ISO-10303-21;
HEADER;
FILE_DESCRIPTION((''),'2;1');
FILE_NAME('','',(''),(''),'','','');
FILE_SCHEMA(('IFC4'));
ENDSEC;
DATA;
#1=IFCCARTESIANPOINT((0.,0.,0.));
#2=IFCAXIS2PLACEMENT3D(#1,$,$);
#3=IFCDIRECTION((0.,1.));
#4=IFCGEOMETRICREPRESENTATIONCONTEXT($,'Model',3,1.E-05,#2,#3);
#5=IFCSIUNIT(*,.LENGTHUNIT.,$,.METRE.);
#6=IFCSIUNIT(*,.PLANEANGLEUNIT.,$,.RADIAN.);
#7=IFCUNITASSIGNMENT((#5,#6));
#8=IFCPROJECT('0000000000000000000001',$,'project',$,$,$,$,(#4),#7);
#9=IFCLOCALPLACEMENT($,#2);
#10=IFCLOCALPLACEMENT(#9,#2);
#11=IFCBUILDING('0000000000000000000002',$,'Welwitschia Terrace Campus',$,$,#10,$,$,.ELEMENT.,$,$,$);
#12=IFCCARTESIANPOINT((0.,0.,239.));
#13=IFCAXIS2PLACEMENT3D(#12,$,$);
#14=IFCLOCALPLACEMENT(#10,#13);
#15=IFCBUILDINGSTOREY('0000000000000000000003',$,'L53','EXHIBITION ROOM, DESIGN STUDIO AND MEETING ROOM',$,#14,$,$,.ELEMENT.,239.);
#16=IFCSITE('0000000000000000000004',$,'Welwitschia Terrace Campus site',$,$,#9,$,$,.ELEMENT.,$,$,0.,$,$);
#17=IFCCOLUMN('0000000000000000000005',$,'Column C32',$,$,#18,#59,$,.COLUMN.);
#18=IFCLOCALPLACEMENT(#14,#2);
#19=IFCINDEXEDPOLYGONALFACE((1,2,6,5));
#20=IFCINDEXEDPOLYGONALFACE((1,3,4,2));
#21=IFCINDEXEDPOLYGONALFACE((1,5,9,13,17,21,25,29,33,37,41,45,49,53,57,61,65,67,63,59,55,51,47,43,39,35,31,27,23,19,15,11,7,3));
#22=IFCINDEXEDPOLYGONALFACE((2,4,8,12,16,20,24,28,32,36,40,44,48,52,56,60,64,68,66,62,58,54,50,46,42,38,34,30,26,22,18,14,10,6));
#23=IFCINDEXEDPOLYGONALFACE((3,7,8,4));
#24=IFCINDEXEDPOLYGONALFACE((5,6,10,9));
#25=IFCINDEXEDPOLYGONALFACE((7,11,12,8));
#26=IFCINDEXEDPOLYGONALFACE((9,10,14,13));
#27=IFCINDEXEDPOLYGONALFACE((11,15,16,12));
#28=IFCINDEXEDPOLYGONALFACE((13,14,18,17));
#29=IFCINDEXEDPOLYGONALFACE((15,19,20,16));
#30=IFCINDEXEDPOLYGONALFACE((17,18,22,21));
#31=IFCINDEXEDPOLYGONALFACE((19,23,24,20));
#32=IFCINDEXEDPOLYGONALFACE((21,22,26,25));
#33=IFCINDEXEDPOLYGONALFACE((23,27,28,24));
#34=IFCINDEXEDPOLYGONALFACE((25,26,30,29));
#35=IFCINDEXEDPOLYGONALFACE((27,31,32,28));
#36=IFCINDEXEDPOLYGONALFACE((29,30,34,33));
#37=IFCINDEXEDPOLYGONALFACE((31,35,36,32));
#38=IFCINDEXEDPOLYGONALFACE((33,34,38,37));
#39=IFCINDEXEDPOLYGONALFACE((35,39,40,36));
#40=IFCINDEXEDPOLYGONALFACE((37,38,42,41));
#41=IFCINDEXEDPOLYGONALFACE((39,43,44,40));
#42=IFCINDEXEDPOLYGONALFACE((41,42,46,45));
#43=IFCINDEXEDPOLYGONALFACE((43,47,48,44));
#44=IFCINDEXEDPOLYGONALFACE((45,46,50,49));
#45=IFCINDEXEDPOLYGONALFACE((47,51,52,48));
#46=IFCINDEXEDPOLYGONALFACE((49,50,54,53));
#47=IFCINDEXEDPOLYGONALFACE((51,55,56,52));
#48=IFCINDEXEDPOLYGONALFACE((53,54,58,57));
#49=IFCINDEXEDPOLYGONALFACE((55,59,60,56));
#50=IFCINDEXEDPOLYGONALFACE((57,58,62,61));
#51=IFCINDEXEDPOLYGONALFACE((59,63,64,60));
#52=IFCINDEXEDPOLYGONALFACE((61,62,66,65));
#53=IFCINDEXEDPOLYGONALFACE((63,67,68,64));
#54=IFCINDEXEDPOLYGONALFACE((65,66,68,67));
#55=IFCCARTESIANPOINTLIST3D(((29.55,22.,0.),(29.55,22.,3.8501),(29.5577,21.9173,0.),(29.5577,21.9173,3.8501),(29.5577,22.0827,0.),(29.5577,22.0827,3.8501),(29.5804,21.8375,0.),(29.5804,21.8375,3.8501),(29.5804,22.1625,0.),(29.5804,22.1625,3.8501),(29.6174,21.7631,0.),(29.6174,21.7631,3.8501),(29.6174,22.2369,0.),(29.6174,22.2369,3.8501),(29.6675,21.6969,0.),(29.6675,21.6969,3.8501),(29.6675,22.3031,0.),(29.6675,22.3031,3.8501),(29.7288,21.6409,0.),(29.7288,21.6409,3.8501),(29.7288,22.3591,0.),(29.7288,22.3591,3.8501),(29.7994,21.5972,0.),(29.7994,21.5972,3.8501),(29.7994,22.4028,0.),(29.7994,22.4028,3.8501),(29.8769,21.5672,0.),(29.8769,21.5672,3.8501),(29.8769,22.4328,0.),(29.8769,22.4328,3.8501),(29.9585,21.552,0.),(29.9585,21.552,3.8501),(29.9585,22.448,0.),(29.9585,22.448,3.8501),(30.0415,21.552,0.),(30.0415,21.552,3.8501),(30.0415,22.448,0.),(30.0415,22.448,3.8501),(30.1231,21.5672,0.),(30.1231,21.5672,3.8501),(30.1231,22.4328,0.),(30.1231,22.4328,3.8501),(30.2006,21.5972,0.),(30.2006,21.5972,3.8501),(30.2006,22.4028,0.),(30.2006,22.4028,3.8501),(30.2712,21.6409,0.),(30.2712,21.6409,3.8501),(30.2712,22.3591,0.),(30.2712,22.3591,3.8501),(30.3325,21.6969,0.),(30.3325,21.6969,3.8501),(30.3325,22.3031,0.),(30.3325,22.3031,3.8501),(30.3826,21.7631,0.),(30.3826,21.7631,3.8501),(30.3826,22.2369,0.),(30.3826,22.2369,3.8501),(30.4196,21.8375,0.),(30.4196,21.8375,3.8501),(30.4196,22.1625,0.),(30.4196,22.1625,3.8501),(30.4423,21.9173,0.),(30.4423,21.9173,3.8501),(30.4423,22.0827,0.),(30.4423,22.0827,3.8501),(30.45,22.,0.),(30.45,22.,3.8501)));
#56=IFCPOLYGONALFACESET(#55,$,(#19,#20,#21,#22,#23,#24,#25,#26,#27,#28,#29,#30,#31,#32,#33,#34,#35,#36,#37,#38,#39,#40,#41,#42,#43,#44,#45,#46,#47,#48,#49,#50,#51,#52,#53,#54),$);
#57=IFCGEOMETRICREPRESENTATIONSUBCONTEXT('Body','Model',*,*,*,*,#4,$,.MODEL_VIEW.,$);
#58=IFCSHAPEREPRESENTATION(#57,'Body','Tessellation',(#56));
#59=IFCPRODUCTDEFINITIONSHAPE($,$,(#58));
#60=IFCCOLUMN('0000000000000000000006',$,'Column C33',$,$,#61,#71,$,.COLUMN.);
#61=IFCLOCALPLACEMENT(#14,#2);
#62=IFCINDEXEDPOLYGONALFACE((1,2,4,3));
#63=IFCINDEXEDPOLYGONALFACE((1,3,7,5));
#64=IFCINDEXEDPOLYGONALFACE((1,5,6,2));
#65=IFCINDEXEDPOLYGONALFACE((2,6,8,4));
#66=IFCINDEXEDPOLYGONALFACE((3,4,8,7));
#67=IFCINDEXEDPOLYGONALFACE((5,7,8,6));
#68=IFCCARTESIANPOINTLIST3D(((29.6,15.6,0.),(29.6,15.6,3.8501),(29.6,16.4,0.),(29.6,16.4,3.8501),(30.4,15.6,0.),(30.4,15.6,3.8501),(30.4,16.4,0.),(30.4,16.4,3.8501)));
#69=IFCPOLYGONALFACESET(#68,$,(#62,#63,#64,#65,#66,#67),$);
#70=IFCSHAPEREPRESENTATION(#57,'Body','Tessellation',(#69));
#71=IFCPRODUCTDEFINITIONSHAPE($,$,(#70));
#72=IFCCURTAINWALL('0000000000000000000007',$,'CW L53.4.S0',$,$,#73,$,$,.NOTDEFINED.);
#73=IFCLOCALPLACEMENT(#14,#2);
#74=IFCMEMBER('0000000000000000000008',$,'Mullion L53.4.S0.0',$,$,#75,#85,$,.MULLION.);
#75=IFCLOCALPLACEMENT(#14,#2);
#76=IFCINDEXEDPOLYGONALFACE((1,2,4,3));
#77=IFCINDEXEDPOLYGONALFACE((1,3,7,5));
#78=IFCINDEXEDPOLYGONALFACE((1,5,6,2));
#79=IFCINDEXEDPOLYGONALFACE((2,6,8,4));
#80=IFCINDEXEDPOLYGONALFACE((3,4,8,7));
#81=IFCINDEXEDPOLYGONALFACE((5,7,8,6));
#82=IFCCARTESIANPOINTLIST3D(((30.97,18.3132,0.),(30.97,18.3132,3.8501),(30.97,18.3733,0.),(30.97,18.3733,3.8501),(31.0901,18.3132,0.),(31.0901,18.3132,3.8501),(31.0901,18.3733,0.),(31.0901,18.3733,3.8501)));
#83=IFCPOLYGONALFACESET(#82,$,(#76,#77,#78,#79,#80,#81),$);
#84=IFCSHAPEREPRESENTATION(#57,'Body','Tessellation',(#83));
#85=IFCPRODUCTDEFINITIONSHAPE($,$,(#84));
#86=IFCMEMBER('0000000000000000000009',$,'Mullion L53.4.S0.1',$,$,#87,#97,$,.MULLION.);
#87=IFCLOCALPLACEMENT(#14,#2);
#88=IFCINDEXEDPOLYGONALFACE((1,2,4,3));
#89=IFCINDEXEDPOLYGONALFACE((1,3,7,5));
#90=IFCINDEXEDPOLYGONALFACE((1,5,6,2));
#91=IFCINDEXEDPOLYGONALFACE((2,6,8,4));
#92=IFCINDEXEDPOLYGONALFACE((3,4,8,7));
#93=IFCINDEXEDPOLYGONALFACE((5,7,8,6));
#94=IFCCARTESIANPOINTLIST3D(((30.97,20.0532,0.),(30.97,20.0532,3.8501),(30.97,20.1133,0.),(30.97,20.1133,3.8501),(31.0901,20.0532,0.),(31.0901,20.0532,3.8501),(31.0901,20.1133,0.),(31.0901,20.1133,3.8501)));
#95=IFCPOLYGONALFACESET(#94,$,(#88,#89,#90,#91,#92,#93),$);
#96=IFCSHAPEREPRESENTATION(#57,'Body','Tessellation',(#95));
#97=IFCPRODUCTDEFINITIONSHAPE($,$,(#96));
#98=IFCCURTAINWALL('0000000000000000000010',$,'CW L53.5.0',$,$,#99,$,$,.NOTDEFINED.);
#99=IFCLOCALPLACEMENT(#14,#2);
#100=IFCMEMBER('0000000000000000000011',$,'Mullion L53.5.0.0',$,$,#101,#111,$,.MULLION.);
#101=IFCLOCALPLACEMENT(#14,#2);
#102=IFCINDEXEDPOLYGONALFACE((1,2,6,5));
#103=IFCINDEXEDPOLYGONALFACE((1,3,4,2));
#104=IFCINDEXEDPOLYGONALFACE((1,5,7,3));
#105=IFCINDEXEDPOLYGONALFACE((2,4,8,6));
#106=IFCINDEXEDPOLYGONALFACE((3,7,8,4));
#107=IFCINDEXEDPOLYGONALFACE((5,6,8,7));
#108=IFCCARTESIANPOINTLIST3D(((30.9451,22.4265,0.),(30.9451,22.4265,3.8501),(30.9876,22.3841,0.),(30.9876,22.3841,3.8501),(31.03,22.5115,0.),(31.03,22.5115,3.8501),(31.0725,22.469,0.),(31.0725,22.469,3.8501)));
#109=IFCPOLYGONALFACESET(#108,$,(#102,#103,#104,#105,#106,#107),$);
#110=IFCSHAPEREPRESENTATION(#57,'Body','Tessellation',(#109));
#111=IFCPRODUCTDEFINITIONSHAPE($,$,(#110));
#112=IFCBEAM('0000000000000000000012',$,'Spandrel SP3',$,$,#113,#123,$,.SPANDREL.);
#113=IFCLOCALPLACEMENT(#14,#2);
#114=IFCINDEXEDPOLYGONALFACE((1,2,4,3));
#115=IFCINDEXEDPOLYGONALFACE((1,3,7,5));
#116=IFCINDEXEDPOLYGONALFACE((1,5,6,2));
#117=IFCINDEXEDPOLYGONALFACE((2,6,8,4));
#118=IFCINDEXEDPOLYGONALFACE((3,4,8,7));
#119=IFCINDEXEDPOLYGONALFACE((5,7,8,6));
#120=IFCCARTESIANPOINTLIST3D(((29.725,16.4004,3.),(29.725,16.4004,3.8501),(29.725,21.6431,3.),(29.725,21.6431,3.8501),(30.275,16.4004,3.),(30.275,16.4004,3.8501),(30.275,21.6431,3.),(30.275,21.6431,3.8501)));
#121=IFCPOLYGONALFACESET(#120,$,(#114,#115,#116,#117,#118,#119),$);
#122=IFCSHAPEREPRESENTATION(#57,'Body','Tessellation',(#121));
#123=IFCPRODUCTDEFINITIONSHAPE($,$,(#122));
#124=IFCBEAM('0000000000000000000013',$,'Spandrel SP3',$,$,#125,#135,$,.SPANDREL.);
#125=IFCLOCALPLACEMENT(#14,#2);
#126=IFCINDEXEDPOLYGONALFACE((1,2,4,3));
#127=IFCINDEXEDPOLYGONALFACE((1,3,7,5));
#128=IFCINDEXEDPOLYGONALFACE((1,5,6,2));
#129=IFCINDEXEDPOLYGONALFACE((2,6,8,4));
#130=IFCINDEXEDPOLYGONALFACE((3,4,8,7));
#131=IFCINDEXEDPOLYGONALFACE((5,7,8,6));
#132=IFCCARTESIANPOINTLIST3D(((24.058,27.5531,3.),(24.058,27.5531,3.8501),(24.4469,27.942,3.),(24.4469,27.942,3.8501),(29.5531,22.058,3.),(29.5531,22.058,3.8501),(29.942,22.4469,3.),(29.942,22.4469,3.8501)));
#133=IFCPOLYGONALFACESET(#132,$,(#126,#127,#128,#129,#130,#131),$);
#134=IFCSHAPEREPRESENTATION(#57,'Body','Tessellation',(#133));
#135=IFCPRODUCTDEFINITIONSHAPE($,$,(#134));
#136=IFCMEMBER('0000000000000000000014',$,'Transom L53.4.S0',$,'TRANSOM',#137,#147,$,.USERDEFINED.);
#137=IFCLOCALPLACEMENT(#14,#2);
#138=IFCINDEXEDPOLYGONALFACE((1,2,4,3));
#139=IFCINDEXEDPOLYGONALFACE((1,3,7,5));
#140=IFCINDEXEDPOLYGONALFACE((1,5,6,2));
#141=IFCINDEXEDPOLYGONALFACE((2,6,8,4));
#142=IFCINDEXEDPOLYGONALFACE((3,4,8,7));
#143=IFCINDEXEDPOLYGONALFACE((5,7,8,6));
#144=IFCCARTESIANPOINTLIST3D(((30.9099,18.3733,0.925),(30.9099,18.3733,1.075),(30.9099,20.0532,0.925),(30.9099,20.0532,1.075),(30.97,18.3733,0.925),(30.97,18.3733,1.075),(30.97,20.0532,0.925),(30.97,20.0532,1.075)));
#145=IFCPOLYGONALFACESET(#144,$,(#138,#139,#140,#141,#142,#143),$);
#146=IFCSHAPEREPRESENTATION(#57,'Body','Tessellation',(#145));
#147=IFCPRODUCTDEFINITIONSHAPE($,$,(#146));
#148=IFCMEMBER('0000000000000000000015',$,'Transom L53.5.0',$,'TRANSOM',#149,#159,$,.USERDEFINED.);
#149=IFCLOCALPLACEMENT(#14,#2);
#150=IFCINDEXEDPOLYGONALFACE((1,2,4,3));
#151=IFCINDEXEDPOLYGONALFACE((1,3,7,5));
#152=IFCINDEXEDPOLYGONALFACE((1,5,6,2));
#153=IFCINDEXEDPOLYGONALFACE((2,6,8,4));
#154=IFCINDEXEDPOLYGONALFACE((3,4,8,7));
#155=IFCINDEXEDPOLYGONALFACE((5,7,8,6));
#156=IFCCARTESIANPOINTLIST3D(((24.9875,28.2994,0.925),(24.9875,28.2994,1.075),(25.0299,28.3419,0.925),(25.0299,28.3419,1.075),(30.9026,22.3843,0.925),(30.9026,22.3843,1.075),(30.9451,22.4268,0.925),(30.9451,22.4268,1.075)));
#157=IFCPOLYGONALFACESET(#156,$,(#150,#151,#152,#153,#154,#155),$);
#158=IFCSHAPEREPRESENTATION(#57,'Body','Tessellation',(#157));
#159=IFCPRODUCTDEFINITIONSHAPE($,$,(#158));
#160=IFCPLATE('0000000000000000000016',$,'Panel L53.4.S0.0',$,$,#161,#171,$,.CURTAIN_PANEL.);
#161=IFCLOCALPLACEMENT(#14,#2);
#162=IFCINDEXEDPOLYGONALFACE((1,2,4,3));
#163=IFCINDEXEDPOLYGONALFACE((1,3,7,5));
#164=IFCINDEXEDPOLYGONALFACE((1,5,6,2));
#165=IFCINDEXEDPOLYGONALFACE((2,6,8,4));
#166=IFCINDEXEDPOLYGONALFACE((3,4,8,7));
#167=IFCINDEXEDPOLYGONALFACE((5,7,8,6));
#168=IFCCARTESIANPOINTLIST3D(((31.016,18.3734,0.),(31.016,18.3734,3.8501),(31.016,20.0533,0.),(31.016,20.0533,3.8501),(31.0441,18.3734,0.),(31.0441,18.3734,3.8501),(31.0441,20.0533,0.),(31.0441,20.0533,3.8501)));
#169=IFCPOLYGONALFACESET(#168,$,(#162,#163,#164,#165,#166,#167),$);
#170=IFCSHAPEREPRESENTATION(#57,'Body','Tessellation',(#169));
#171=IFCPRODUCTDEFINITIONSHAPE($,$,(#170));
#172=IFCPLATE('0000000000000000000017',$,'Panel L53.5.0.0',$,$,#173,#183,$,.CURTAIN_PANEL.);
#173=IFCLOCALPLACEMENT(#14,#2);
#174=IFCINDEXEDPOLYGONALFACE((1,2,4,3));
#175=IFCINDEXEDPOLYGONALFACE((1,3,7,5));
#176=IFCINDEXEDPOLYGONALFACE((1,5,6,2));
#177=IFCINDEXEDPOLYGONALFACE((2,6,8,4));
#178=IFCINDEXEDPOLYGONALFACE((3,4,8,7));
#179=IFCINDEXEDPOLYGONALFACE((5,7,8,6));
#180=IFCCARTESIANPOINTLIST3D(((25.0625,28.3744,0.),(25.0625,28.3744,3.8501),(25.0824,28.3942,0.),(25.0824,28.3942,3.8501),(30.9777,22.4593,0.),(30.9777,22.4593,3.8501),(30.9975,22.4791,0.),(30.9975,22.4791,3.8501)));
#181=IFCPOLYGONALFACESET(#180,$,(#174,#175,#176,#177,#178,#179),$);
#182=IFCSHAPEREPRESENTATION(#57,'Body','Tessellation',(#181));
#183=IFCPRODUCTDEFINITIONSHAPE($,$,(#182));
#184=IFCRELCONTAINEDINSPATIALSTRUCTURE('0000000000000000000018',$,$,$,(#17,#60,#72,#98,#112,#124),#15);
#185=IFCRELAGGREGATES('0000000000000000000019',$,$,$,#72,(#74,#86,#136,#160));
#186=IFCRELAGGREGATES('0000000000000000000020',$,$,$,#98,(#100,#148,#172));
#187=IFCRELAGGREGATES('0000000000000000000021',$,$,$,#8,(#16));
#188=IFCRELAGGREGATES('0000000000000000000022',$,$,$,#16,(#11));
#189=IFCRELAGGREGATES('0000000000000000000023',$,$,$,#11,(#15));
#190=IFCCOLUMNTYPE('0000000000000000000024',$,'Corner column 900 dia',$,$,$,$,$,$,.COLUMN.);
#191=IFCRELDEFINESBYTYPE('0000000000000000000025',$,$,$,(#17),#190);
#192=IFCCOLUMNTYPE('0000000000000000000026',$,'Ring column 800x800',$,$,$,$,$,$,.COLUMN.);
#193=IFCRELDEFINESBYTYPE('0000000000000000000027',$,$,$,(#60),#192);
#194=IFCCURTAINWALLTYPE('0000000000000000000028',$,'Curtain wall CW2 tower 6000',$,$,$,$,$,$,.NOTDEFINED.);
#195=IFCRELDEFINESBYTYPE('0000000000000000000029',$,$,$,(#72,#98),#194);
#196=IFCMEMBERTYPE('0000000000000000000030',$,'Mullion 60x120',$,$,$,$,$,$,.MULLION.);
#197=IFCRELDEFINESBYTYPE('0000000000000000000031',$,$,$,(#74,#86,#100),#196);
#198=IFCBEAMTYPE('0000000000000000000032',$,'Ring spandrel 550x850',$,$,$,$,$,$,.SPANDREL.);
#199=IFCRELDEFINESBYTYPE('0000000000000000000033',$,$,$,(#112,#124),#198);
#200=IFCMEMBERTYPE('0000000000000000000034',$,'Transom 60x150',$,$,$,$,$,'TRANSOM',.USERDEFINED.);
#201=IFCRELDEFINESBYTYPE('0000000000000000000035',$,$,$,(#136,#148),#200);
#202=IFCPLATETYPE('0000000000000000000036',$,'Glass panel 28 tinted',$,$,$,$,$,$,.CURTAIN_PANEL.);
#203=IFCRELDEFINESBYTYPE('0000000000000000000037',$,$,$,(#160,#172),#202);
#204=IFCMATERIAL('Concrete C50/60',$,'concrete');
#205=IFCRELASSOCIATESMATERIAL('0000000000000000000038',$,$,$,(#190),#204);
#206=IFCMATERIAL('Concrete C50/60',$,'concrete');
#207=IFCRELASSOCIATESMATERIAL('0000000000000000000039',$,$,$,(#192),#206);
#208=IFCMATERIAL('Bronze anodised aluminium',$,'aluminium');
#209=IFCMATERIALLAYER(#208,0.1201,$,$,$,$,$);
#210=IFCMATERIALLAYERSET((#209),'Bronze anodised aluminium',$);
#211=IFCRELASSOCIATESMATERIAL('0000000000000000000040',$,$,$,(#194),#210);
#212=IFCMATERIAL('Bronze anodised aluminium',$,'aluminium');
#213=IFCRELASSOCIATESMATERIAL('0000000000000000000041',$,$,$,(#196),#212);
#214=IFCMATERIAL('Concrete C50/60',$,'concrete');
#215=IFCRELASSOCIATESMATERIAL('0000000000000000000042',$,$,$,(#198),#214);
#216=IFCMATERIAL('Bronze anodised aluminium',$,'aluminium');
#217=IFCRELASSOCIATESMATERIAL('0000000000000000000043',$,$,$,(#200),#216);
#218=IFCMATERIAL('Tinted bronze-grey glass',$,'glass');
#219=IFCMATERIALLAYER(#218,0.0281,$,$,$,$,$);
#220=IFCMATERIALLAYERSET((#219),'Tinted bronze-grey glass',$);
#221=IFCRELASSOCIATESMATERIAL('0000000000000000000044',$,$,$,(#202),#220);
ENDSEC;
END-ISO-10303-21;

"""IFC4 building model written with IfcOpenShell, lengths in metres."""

from ifc_helpers import new_model, si_unit, direction, frame, origin, origin_2d, place, context, subcontext, project, spatial, rectangle, circle, extrude, material, layer, layer_set, material_profile, profile_set, type_object, element, aggregate, save


model = new_model("IFC4")

# Units and contexts
model_context = context("Model", 3, precision=1e-05, world=origin(), true_north=direction((0.0, 1.0)))
body_context = subcontext(model_context, "Body", "Model", "MODEL_VIEW")
ifc_project = project(units=[si_unit("LENGTHUNIT", "METRE"), si_unit("PLANEANGLEUNIT", "RADIAN")], contexts=[model_context])

# Site, building, storey
site_placement = place(None, origin())
site = spatial("IfcSite", under=ifc_project, at=site_placement, Name="Welwitschia Terrace Campus site", CompositionType="ELEMENT", RefElevation=0.0)
building_placement = place(site_placement, origin())
building = spatial("IfcBuilding", under=site, at=building_placement, Name="Welwitschia Terrace Campus", CompositionType="ELEMENT")
storey_placement = place(building_placement, frame((0.0, 0.0, 239.0)))
storey = spatial("IfcBuildingStorey", under=building, at=storey_placement, Name="L53", Description="EXHIBITION ROOM, DESIGN STUDIO AND MEETING ROOM", CompositionType="ELEMENT", Elevation=239.0)

# Columns
ifc_material_1 = material(Name="Concrete C50/60", Category="concrete")
ifc_material_profile_1 = material_profile(ifc_material_1, circle(Radius=0.45, at=origin_2d()))
ifc_profile_set_1 = profile_set([ifc_material_profile_1], Name="Concrete C50/60")
column_type_1 = type_object("IfcColumnType", Name="Corner column 900 dia", PredefinedType="COLUMN", material=ifc_profile_set_1)
column_1_placement = place(storey_placement, frame((30.0, 22.0, 0.0), z_axis=(0.0, 0.0, 1.0), x_axis=(1.0, 0.0, 0.0)))
element("IfcColumn", 1, at=column_1_placement, inside=storey, type_object=column_type_1, Name="Column C32", PredefinedType="COLUMN", context=body_context, shape_type="SweptSolid", body=[
    extrude(circle(Radius=0.45, at=origin_2d()), origin(), (0.0, 0.0, 1.0), 3.8501),
])
ifc_material_2 = material(Name="Concrete C50/60", Category="concrete")
ifc_material_profile_2 = material_profile(ifc_material_2, rectangle(XDim=0.8, YDim=0.8, at=origin_2d()))
ifc_profile_set_2 = profile_set([ifc_material_profile_2], Name="Concrete C50/60")
column_type_2 = type_object("IfcColumnType", Name="Ring column 800x800", PredefinedType="COLUMN", material=ifc_profile_set_2)
column_2_placement = place(storey_placement, frame((30.0, 16.0, 0.0), z_axis=(0.0, 0.0, 1.0), x_axis=(1.0, 0.0, 0.0)))
element("IfcColumn", 2, at=column_2_placement, inside=storey, type_object=column_type_2, Name="Column C33", PredefinedType="COLUMN", context=body_context, shape_type="SweptSolid", body=[
    extrude(rectangle(XDim=0.8, YDim=0.8, at=origin_2d()), origin(), (0.0, 0.0, 1.0), 3.8501),
])

# Curtain wall, members
ifc_material_3 = material(Name="Bronze anodised aluminium", Category="aluminium")
ifc_layer_1 = layer(ifc_material_3, 0.1201)
ifc_layer_set_1 = layer_set([ifc_layer_1], Name="Bronze anodised aluminium")
curtain_wall_type = type_object("IfcCurtainWallType", Name="Curtain wall CW2 tower 6000", PredefinedType="NOTDEFINED", material=ifc_layer_set_1)
curtain_wall_1_placement = place(storey_placement, origin())
curtain_wall_1 = element("IfcCurtainWall", 3, at=curtain_wall_1_placement, inside=storey, type_object=curtain_wall_type, Name="CW L53.4.S0", PredefinedType="NOTDEFINED")
ifc_material_4 = material(Name="Bronze anodised aluminium", Category="aluminium")
ifc_material_profile_3 = material_profile(ifc_material_4, rectangle(XDim=0.1201, YDim=0.0601, at=origin_2d()))
ifc_profile_set_3 = profile_set([ifc_material_profile_3], Name="Bronze anodised aluminium")
member_type_1 = type_object("IfcMemberType", Name="Mullion 60x120", PredefinedType="MULLION", material=ifc_profile_set_3)
member_1_placement = place(storey_placement, frame((31.03, 18.3433, 0.0), z_axis=(0.0, 0.0, 1.0), x_axis=(-1.0, 0.0, 0.0)))
member_1 = element("IfcMember", 4, at=member_1_placement, type_object=member_type_1, Name="Mullion L53.4.S0.0", PredefinedType="MULLION", context=body_context, shape_type="SweptSolid", body=[
    extrude(rectangle(XDim=0.1201, YDim=0.0601, at=origin_2d()), origin(), (0.0, 0.0, 1.0), 3.8501),
])
member_2_placement = place(storey_placement, frame((31.03, 20.0833, 0.0), z_axis=(0.0, 0.0, 1.0), x_axis=(-1.0, 0.0, 0.0)))
member_2 = element("IfcMember", 5, at=member_2_placement, type_object=member_type_1, Name="Mullion L53.4.S0.1", PredefinedType="MULLION", context=body_context, shape_type="SweptSolid", body=[
    extrude(rectangle(XDim=0.1201, YDim=0.0601, at=origin_2d()), origin(), (0.0, 0.0, 1.0), 3.8501),
])

# Curtain wall, member
curtain_wall_2_placement = place(storey_placement, origin())
curtain_wall_2 = element("IfcCurtainWall", 6, at=curtain_wall_2_placement, inside=storey, type_object=curtain_wall_type, Name="CW L53.5.0", PredefinedType="NOTDEFINED")
member_3_placement = place(storey_placement, frame((31.0088, 22.4478, 0.0), z_axis=(0.0, 0.0, 1.0), x_axis=(-0.707107, -0.707107, 0.0)))
member_3 = element("IfcMember", 7, at=member_3_placement, type_object=member_type_1, Name="Mullion L53.5.0.0", PredefinedType="MULLION", context=body_context, shape_type="SweptSolid", body=[
    extrude(rectangle(XDim=0.1201, YDim=0.0601, at=origin_2d()), origin(), (0.0, 0.0, 1.0), 3.8501),
])

# Beams
ifc_material_5 = material(Name="Concrete C50/60", Category="concrete")
ifc_material_profile_4 = material_profile(ifc_material_5, rectangle(XDim=0.55, YDim=0.8501, at=origin_2d()))
ifc_profile_set_4 = profile_set([ifc_material_profile_4], Name="Concrete C50/60")
beam_type = type_object("IfcBeamType", Name="Ring spandrel 550x850", PredefinedType="SPANDREL", material=ifc_profile_set_4)
beam_1_placement = place(storey_placement, frame((30.0, 16.4004, 3.425), z_axis=(0.0, 1.0, 0.0), x_axis=(-1.0, 0.0, 0.0)))
element("IfcBeam", 8, at=beam_1_placement, inside=storey, type_object=beam_type, Name="Spandrel SP3", PredefinedType="SPANDREL", context=body_context, shape_type="SweptSolid", body=[
    extrude(rectangle(XDim=0.55, YDim=0.8501, at=origin_2d()), origin(), (0.0, 0.0, 1.0), 5.2427),
])
beam_2_placement = place(storey_placement, frame((29.7476, 22.2524, 3.425), z_axis=(-0.707107, 0.707107, 0.0), x_axis=(-0.707107, -0.707107, 0.0)))
element("IfcBeam", 9, at=beam_2_placement, inside=storey, type_object=beam_type, Name="Spandrel SP3", PredefinedType="SPANDREL", context=body_context, shape_type="SweptSolid", body=[
    extrude(rectangle(XDim=0.55, YDim=0.8501, at=origin_2d()), origin(), (0.0, 0.0, 1.0), 7.7712),
])

# Members
ifc_material_6 = material(Name="Bronze anodised aluminium", Category="aluminium")
ifc_material_profile_5 = material_profile(ifc_material_6, rectangle(XDim=0.0601, YDim=0.1499, at=origin_2d()))
ifc_profile_set_5 = profile_set([ifc_material_profile_5], Name="Bronze anodised aluminium")
member_type_2 = type_object("IfcMemberType", Name="Transom 60x150", ElementType="TRANSOM", PredefinedType="USERDEFINED", material=ifc_profile_set_5)
member_4_placement = place(storey_placement, frame((30.9399, 18.3733, 1.0), z_axis=(0.0, 1.0, 0.0), x_axis=(-1.0, 0.0, 0.0)))
member_4 = element("IfcMember", 10, at=member_4_placement, type_object=member_type_2, Name="Transom L53.4.S0", ObjectType="TRANSOM", PredefinedType="USERDEFINED", context=body_context, shape_type="SweptSolid", body=[
    extrude(rectangle(XDim=0.0601, YDim=0.1499, at=origin_2d()), origin(), (0.0, 0.0, 1.0), 1.6799),
])
member_5_placement = place(storey_placement, frame((30.9238, 22.4055, 1.0), z_axis=(-0.707107, 0.707107, 0.0), x_axis=(-0.707107, -0.707107, 0.0)))
member_5 = element("IfcMember", 11, at=member_5_placement, type_object=member_type_2, Name="Transom L53.5.0", ObjectType="TRANSOM", PredefinedType="USERDEFINED", context=body_context, shape_type="SweptSolid", body=[
    extrude(rectangle(XDim=0.0601, YDim=0.1499, at=origin_2d()), origin(), (0.0, 0.0, 1.0), 8.3652),
])

# Plates
ifc_material_7 = material(Name="Tinted bronze-grey glass", Category="glass")
ifc_layer_2 = layer(ifc_material_7, 0.0281)
ifc_layer_set_2 = layer_set([ifc_layer_2], Name="Tinted bronze-grey glass")
plate_type = type_object("IfcPlateType", Name="Glass panel 28 tinted", PredefinedType="CURTAIN_PANEL", material=ifc_layer_set_2)
plate_1_placement = place(storey_placement, frame((31.03, 19.2134, 0.0), z_axis=(0.0, 0.0, 1.0), x_axis=(0.0, 1.0, 0.0)))
plate_1 = element("IfcPlate", 12, at=plate_1_placement, type_object=plate_type, Name="Panel L53.4.S0.0", PredefinedType="CURTAIN_PANEL", context=body_context, shape_type="SweptSolid", body=[
    extrude(rectangle(XDim=1.6799, YDim=0.0281, at=origin_2d()), origin(), (0.0, 0.0, 1.0), 3.8501),
])
aggregate(curtain_wall_1, [member_1, member_2, member_4, plate_1])
plate_2_placement = place(storey_placement, frame((28.03, 25.4268, 0.0), z_axis=(0.0, 0.0, 1.0), x_axis=(-0.707107, 0.707107, 0.0)))
plate_2 = element("IfcPlate", 13, at=plate_2_placement, type_object=plate_type, Name="Panel L53.5.0.0", PredefinedType="CURTAIN_PANEL", context=body_context, shape_type="SweptSolid", body=[
    extrude(rectangle(XDim=8.3652, YDim=0.0281, at=origin_2d()), origin(), (0.0, 0.0, 1.0), 3.8501),
])
aggregate(curtain_wall_2, [member_3, member_5, plate_2])

save(model, "model.ifc")
